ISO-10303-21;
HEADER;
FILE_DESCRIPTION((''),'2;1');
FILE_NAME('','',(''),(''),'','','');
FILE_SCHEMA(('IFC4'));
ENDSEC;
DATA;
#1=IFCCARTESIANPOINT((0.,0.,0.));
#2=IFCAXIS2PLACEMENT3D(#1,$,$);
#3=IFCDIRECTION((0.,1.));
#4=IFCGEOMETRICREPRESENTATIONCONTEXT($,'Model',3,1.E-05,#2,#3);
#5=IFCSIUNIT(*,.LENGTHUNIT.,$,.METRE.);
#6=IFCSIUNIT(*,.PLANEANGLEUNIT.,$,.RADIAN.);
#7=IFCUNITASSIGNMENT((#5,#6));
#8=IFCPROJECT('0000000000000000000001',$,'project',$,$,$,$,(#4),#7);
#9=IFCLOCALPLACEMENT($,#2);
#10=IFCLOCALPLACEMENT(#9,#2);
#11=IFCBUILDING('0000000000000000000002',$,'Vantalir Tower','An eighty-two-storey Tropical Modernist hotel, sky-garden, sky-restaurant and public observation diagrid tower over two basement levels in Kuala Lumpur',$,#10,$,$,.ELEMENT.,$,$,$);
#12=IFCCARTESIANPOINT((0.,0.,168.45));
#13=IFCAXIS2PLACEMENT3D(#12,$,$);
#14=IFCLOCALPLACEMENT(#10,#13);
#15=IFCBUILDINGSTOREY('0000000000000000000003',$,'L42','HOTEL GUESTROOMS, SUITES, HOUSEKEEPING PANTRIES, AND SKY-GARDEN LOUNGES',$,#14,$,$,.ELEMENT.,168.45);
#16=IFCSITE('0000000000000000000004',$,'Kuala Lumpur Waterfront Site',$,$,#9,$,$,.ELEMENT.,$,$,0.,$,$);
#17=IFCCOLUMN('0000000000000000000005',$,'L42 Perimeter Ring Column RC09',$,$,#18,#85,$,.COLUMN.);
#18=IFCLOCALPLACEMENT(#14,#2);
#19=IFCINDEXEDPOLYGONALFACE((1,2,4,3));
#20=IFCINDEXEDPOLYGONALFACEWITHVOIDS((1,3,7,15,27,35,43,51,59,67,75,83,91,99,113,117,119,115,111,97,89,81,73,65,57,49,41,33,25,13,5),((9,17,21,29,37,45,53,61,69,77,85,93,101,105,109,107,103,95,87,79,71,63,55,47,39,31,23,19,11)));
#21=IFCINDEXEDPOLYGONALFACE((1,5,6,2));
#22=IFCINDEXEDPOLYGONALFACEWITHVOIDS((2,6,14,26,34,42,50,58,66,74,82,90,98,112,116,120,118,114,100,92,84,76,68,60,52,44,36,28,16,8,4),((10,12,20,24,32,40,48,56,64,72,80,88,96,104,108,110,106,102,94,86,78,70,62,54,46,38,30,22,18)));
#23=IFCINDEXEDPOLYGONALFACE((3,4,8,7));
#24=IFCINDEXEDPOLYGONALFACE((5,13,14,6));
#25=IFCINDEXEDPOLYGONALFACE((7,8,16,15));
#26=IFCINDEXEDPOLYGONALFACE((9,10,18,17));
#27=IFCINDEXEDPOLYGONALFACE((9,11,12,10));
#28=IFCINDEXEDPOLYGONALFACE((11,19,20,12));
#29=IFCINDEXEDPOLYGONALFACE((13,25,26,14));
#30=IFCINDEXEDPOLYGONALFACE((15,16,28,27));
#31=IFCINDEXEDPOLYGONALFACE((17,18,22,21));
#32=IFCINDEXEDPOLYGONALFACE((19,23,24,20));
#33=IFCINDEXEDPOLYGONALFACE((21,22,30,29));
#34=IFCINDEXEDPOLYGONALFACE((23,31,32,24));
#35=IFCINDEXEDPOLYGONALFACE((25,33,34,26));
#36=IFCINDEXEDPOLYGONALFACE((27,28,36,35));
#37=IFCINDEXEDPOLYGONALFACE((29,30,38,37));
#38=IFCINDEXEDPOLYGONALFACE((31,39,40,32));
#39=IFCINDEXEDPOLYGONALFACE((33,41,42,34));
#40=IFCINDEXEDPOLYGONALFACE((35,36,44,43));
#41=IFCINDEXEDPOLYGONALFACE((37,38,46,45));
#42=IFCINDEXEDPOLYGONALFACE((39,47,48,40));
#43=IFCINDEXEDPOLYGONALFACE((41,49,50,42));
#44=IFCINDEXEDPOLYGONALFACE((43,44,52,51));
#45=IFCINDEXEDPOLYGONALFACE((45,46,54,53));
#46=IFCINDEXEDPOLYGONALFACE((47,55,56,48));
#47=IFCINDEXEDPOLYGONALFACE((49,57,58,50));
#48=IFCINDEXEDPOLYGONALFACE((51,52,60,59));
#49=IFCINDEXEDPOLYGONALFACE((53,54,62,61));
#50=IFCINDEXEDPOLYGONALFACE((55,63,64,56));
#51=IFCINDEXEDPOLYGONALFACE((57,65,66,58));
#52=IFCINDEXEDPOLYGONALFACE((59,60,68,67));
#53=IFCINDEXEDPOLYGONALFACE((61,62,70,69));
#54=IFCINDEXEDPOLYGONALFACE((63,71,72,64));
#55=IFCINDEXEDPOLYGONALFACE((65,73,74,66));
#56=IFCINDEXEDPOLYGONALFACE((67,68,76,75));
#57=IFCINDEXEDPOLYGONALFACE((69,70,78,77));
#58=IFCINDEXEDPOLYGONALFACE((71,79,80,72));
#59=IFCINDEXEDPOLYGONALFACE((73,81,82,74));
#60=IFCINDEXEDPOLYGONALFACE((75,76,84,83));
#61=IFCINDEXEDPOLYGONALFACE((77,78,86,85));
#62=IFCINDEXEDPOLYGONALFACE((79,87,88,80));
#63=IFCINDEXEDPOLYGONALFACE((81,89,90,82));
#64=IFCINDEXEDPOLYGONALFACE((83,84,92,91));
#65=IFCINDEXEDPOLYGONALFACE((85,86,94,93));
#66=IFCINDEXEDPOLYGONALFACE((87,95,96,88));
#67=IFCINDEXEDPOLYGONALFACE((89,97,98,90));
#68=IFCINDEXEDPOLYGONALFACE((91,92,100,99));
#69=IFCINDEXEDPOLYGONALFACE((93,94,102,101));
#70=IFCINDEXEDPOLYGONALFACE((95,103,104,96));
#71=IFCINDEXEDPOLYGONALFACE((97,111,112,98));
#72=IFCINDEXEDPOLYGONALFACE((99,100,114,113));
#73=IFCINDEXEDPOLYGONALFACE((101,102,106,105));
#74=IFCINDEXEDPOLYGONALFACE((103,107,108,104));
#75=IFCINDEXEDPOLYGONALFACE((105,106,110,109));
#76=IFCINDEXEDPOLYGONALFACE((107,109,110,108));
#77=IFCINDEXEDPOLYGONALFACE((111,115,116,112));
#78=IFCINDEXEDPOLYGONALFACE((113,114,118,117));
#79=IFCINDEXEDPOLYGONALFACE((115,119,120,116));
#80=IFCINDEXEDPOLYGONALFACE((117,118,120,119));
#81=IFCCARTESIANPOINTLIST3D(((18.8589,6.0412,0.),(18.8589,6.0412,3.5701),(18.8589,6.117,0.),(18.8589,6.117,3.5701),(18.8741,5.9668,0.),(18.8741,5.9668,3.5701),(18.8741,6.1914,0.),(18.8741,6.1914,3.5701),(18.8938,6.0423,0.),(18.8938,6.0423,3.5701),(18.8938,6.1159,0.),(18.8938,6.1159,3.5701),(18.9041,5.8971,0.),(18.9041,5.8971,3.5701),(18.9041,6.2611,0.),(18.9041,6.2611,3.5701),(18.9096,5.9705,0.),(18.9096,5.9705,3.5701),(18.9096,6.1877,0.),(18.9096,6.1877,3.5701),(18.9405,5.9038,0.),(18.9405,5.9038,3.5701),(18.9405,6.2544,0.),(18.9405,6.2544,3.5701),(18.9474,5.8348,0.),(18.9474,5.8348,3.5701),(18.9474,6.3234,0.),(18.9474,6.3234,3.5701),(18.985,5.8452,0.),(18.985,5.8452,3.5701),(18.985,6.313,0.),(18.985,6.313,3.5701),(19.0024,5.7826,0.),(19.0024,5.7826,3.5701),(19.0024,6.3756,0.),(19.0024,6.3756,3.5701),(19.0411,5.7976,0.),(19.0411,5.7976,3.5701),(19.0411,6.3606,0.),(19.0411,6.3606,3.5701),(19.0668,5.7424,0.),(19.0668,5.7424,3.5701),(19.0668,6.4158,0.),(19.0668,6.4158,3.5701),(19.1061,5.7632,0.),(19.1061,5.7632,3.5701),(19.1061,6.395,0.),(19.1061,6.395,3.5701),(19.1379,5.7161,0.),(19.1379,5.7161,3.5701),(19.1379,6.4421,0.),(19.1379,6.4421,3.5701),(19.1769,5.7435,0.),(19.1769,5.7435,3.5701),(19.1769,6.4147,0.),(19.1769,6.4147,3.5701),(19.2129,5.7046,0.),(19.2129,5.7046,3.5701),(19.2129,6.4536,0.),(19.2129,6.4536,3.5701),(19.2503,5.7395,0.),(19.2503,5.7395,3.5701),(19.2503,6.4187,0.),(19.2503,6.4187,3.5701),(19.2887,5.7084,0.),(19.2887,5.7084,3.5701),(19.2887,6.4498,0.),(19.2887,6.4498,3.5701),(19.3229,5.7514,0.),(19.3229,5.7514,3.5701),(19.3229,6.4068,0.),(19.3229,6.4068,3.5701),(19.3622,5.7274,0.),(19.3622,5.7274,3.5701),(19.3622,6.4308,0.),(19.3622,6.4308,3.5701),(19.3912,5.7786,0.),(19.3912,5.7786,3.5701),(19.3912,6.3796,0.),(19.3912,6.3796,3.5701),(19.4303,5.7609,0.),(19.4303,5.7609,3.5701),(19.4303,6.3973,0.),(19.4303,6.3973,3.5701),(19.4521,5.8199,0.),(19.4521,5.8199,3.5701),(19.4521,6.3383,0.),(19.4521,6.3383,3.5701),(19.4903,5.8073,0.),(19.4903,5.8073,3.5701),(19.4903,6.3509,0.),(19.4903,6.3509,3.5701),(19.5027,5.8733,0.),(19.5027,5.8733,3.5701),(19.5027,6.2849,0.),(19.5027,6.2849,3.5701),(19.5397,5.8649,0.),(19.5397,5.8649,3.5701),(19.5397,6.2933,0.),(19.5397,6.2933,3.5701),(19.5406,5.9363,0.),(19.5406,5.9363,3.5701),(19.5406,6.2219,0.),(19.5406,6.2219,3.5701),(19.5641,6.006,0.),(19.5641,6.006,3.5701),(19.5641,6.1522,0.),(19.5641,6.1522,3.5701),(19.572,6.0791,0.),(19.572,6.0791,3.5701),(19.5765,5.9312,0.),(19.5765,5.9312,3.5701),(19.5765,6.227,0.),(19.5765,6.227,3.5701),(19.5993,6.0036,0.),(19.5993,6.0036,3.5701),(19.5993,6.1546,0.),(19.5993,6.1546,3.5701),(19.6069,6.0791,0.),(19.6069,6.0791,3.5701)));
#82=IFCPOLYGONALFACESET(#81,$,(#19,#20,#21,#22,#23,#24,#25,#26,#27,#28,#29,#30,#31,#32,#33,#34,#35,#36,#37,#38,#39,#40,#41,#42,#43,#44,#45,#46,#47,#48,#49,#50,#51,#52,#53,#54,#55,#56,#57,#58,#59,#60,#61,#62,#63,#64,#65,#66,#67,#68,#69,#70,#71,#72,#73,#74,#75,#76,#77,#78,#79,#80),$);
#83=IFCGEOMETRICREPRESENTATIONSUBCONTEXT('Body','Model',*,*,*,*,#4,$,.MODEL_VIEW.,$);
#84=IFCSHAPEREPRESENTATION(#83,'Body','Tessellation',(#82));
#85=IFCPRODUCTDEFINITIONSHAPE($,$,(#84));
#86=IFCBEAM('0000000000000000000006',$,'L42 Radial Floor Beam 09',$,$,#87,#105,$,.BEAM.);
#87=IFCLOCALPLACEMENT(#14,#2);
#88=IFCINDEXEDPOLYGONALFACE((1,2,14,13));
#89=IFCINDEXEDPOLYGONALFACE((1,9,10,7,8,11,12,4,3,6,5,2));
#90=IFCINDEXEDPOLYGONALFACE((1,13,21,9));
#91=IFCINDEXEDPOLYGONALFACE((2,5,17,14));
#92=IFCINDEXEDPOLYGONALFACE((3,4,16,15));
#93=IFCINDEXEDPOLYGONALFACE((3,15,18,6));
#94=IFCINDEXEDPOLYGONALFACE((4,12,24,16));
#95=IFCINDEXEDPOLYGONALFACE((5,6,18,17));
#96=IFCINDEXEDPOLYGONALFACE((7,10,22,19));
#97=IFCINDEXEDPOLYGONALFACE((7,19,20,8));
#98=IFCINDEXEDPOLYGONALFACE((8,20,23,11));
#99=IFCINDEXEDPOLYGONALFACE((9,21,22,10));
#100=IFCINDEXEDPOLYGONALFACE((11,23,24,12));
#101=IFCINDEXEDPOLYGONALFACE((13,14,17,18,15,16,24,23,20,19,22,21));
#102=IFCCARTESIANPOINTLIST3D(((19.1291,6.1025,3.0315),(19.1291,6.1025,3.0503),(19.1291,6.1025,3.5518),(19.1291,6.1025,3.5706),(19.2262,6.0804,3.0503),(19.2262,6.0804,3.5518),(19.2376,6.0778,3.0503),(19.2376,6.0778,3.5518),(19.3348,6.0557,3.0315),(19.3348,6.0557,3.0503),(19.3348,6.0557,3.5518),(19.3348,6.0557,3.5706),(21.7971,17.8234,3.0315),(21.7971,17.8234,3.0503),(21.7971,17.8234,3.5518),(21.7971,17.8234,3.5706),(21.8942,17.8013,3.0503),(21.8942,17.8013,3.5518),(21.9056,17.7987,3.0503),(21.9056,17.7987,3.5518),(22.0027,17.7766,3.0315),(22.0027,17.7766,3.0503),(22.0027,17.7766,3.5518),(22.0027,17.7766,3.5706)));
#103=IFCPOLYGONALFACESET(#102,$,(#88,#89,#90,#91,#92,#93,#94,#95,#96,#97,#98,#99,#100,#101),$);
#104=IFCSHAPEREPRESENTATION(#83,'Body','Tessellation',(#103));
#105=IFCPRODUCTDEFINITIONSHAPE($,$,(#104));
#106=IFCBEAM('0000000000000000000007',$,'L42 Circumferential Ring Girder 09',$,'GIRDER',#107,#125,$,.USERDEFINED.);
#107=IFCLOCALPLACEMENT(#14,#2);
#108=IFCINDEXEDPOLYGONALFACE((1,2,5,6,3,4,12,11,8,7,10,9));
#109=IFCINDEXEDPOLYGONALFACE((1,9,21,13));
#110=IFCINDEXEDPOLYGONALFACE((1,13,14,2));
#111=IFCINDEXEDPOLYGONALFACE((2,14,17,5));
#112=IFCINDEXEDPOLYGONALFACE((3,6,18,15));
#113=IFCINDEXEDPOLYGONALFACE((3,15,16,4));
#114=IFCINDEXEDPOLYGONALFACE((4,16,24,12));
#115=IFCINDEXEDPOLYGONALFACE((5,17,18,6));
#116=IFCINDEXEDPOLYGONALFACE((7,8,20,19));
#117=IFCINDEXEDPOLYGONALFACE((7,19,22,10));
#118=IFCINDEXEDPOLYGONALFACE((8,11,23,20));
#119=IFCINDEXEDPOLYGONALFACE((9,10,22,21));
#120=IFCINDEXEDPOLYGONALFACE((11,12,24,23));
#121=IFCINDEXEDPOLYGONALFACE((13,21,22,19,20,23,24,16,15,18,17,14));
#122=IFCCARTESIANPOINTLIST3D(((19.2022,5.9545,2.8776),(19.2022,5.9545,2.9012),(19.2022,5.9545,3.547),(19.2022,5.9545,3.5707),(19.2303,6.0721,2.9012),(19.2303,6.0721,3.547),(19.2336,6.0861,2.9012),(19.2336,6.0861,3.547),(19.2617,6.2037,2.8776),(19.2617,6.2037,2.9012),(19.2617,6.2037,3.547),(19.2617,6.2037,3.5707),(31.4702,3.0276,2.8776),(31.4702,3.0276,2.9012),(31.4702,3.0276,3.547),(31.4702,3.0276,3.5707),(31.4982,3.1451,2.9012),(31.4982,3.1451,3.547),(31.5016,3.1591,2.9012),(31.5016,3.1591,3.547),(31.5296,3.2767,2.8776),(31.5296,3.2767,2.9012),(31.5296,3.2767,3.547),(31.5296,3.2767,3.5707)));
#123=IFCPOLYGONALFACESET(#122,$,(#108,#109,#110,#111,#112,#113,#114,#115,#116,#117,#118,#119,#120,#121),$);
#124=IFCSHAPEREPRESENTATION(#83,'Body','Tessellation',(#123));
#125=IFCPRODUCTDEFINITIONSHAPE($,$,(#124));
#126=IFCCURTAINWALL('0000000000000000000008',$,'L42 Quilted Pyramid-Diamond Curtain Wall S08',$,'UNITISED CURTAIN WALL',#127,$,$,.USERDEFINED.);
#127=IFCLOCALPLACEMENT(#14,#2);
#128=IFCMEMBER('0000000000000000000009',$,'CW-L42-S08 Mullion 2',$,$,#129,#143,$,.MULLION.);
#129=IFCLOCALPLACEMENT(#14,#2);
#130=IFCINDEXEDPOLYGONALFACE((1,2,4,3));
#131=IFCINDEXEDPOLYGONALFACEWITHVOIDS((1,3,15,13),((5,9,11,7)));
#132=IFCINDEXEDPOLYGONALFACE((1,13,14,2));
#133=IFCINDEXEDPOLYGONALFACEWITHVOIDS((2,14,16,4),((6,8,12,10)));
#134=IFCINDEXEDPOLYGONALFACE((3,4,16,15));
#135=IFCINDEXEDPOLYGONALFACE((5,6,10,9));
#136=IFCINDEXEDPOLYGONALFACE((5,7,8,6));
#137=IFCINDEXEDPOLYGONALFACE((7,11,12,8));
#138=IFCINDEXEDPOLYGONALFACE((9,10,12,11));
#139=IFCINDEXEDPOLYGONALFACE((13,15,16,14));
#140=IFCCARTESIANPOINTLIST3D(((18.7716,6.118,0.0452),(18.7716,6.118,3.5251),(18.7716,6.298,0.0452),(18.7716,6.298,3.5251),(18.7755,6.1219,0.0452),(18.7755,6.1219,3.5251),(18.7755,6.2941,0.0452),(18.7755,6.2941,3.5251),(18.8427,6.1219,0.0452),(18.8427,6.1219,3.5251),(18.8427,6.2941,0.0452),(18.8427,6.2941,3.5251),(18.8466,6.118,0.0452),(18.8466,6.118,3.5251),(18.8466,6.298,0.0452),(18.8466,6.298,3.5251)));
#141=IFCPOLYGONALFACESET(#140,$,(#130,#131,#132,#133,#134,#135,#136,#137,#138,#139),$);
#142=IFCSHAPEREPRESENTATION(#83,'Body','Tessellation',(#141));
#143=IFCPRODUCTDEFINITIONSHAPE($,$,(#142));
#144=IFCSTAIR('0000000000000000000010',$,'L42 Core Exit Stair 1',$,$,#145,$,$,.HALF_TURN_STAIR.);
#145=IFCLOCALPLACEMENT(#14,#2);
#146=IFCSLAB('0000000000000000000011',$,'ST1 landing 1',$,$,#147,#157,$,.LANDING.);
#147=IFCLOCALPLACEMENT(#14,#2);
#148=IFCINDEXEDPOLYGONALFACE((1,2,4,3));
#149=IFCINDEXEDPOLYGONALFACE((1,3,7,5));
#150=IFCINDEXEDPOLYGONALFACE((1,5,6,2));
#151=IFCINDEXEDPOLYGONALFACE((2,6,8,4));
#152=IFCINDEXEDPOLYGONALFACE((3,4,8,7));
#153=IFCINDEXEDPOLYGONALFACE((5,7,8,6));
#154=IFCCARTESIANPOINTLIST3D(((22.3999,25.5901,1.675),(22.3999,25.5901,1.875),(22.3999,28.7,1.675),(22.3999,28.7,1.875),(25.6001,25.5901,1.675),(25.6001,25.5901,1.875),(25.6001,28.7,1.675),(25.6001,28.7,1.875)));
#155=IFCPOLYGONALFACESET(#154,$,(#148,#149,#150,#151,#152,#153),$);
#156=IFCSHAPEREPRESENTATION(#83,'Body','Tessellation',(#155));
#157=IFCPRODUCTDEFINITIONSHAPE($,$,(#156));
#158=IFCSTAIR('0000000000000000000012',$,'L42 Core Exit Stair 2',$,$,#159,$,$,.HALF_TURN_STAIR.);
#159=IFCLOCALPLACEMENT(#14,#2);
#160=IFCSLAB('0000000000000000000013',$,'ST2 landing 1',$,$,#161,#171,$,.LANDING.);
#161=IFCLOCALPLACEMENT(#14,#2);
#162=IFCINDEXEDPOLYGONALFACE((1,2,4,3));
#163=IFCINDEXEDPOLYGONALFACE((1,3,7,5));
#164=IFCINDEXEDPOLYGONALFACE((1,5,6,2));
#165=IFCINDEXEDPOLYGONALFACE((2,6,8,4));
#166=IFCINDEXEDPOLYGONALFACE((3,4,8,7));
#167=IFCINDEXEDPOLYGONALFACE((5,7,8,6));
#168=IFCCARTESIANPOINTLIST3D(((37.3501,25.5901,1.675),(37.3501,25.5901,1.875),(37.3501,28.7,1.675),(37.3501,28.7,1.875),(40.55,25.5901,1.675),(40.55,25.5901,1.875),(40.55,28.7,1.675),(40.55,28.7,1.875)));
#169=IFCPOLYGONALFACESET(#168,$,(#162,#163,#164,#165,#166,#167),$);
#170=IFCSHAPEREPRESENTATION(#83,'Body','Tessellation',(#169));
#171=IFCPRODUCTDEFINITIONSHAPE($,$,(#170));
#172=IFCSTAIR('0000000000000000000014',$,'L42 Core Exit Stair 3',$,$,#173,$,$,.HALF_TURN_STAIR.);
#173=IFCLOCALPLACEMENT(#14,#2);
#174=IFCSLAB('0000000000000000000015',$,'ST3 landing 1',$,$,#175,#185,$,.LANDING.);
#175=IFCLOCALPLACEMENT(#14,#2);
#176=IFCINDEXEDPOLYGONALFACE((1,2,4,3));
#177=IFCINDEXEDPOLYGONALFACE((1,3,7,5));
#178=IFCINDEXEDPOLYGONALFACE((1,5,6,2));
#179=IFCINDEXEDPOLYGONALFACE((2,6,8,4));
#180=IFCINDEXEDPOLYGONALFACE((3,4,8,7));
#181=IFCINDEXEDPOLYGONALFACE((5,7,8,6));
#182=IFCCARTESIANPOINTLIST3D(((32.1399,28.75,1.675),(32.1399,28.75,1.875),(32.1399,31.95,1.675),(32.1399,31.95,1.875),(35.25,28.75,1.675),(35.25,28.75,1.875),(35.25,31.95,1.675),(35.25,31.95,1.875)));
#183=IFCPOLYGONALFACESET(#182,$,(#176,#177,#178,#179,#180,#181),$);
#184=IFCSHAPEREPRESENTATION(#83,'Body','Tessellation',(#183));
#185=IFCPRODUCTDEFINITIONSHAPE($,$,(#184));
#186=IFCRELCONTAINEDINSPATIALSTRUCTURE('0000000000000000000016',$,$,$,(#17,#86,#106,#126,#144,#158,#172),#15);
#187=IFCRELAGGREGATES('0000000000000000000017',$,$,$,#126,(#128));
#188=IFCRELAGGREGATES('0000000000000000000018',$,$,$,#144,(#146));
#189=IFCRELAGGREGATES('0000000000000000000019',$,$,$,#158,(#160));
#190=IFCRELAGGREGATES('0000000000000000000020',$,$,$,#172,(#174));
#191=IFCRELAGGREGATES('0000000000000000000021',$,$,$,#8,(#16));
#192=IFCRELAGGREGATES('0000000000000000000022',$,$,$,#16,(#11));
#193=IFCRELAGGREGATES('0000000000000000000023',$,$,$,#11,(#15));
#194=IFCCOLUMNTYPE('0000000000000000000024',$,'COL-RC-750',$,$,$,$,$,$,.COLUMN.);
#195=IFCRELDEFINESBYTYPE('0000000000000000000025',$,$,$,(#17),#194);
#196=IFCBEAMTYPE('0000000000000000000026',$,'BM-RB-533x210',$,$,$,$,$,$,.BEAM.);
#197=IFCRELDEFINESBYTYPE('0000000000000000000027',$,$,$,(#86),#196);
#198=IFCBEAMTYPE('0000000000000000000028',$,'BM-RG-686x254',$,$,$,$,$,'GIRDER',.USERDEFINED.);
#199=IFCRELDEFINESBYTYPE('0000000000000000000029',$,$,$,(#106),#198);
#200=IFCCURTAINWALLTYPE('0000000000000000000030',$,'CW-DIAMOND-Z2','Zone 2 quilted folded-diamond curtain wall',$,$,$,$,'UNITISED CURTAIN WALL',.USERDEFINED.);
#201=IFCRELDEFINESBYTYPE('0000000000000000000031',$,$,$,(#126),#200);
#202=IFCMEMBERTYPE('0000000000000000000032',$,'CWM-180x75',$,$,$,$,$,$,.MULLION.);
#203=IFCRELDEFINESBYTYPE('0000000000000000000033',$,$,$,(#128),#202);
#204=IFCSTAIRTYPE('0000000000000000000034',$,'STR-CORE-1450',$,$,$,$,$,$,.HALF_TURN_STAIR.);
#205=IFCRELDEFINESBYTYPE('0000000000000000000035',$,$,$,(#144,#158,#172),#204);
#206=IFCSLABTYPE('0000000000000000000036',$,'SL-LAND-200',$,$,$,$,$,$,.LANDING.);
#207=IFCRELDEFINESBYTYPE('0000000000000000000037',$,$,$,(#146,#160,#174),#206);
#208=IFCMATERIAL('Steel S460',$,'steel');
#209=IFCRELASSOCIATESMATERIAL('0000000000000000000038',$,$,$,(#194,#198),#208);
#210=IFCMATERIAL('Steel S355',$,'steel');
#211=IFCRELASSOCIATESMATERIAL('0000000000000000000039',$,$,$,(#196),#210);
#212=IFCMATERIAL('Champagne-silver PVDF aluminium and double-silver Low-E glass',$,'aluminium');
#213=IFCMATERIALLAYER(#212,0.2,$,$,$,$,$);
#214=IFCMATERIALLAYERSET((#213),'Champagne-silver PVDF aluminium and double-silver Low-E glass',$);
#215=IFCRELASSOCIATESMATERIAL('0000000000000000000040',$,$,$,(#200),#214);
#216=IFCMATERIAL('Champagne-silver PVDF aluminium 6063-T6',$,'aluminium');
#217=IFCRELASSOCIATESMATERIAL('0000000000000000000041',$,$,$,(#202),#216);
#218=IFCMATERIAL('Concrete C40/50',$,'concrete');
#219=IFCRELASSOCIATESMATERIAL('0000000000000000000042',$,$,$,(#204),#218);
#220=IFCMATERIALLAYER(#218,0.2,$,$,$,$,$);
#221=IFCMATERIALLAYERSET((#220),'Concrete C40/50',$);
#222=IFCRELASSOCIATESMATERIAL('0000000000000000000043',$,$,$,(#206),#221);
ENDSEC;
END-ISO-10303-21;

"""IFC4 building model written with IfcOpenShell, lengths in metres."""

from ifc_helpers import new_model, si_unit, direction, frame, origin, origin_2d, place, context, subcontext, project, spatial, polyline, hollow_rectangle, hollow_circle, i_section, outline, extrude, material, layer, layer_set, material_profile, profile_set, type_object, element, aggregate, save


model = new_model("IFC4")

# Units and contexts
model_context = context("Model", 3, precision=1e-05, world=origin(), true_north=direction((0.0, 1.0)))
body_context = subcontext(model_context, "Body", "Model", "MODEL_VIEW")
ifc_project = project(units=[si_unit("LENGTHUNIT", "METRE"), si_unit("PLANEANGLEUNIT", "RADIAN")], contexts=[model_context])

# Site, building, storey
site_placement = place(None, origin())
site = spatial("IfcSite", under=ifc_project, at=site_placement, Name="Kuala Lumpur Waterfront Site", CompositionType="ELEMENT", RefElevation=0.0)
building_placement = place(site_placement, origin())
building = spatial("IfcBuilding", under=site, at=building_placement, Name="Vantalir Tower", Description="An eighty-two-storey Tropical Modernist hotel, sky-garden, sky-restaurant and public observation diagrid tower over two basement levels in Kuala Lumpur", CompositionType="ELEMENT")
storey_placement = place(building_placement, frame((0.0, 0.0, 168.45)))
storey = spatial("IfcBuildingStorey", under=building, at=storey_placement, Name="L42", Description="HOTEL GUESTROOMS, SUITES, HOUSEKEEPING PANTRIES, AND SKY-GARDEN LOUNGES", CompositionType="ELEMENT", Elevation=168.45)

# Column
ifc_material_1 = material(Name="Steel S460", Category="steel")
ifc_material_profile_1 = material_profile(ifc_material_1, hollow_circle(Radius=0.375, WallThickness=0.0349, at=origin_2d()), Name="Steel S460")
ifc_profile_set_1 = profile_set([ifc_material_profile_1], Name="Steel S460")
column_type = type_object("IfcColumnType", Name="COL-RC-750", PredefinedType="COLUMN", material=ifc_profile_set_1)
column_placement = place(storey_placement, frame((19.2319, 6.0791, 0.0), z_axis=(0.0, 0.0, 1.0), x_axis=(1.0, 0.0, 0.0)))
element("IfcColumn", 1, at=column_placement, inside=storey, type_object=column_type, Name="L42 Perimeter Ring Column RC09", PredefinedType="COLUMN", context=body_context, shape_type="SweptSolid", body=[
    extrude(hollow_circle(Radius=0.375, WallThickness=0.0349, at=origin_2d()), origin(), (0.0, 0.0, 1.0), 3.5701),
])

# Beams
ifc_material_2 = material(Name="Steel S355", Category="steel")
ifc_material_profile_2 = material_profile(ifc_material_2, i_section(OverallWidth=0.2109, OverallDepth=0.5391, WebThickness=0.0117, FlangeThickness=0.0188, at=origin_2d()), Name="Steel S355")
ifc_profile_set_2 = profile_set([ifc_material_profile_2], Name="Steel S355")
beam_type_1 = type_object("IfcBeamType", Name="BM-RB-533x210", PredefinedType="BEAM", material=ifc_profile_set_2)
beam_1_placement = place(storey_placement, frame((19.2319, 6.0791, 3.301), z_axis=(0.221947, 0.975059, 0.0), x_axis=(-0.975059, 0.221947, 0.0)))
element("IfcBeam", 2, at=beam_1_placement, inside=storey, type_object=beam_type_1, Name="L42 Radial Floor Beam 09", PredefinedType="BEAM", context=body_context, shape_type="SweptSolid", body=[
    extrude(i_section(OverallWidth=0.2109, OverallDepth=0.5391, WebThickness=0.0117, FlangeThickness=0.0188, at=origin_2d()), origin(), (0.0, 0.0, 1.0), 12.0208),
])
ifc_material_profile_3 = material_profile(ifc_material_1, i_section(OverallWidth=0.2561, OverallDepth=0.6931, WebThickness=0.0144, FlangeThickness=0.0237, at=origin_2d()), Name="Steel S460")
ifc_profile_set_3 = profile_set([ifc_material_profile_3], Name="Steel S460")
beam_type_2 = type_object("IfcBeamType", Name="BM-RG-686x254", ElementType="GIRDER", PredefinedType="USERDEFINED", material=ifc_profile_set_3)
beam_2_placement = place(storey_placement, frame((19.2319, 6.0791, 3.2241), z_axis=(0.972698, -0.232073, 0.0), x_axis=(0.232073, 0.972698, 0.0)))
element("IfcBeam", 3, at=beam_2_placement, inside=storey, type_object=beam_type_2, Name="L42 Circumferential Ring Girder 09", ObjectType="GIRDER", PredefinedType="USERDEFINED", context=body_context, shape_type="SweptSolid", body=[
    extrude(i_section(OverallWidth=0.2561, OverallDepth=0.6931, WebThickness=0.0144, FlangeThickness=0.0237, at=origin_2d()), origin(), (0.0, 0.0, 1.0), 12.6123),
])

# Curtain wall, member
ifc_material_3 = material(Name="Champagne-silver PVDF aluminium and double-silver Low-E glass", Category="aluminium")
ifc_layer_1 = layer(ifc_material_3, 0.2)
ifc_layer_set_1 = layer_set([ifc_layer_1], Name="Champagne-silver PVDF aluminium and double-silver Low-E glass")
curtain_wall_type = type_object("IfcCurtainWallType", Name="CW-DIAMOND-Z2", Description="Zone 2 quilted folded-diamond curtain wall", ElementType="UNITISED CURTAIN WALL", PredefinedType="USERDEFINED", material=ifc_layer_set_1)
curtain_wall_placement = place(storey_placement, origin())
curtain_wall = element("IfcCurtainWall", 4, at=curtain_wall_placement, inside=storey, type_object=curtain_wall_type, Name="L42 Quilted Pyramid-Diamond Curtain Wall S08", ObjectType="UNITISED CURTAIN WALL", PredefinedType="USERDEFINED")
ifc_material_4 = material(Name="Champagne-silver PVDF aluminium 6063-T6", Category="aluminium")
ifc_material_profile_4 = material_profile(ifc_material_4, hollow_rectangle(XDim=0.075, YDim=0.1799, WallThickness=0.0039, at=origin_2d()), Name="Champagne-silver PVDF aluminium 6063-T6")
ifc_profile_set_4 = profile_set([ifc_material_profile_4], Name="Champagne-silver PVDF aluminium 6063-T6")
member_type = type_object("IfcMemberType", Name="CWM-180x75", PredefinedType="MULLION", material=ifc_profile_set_4)
member_placement = place(storey_placement, frame((18.8091, 6.208, 0.0452), z_axis=(0.0, 0.0, 1.0), x_axis=(1.0, 0.0, 0.0)))
member = element("IfcMember", 5, at=member_placement, type_object=member_type, Name="CW-L42-S08 Mullion 2", PredefinedType="MULLION", context=body_context, shape_type="SweptSolid", body=[
    extrude(hollow_rectangle(XDim=0.075, YDim=0.1799, WallThickness=0.0039, at=origin_2d()), origin(), (0.0, 0.0, 1.0), 3.48),
])
aggregate(curtain_wall, [member])

# Stairs, slabs
ifc_material_5 = material(Name="Concrete C40/50", Category="concrete")
stair_type = type_object("IfcStairType", Name="STR-CORE-1450", PredefinedType="HALF_TURN_STAIR", material=ifc_material_5)
stair_1_placement = place(storey_placement, origin())
stair_1 = element("IfcStair", 6, at=stair_1_placement, inside=storey, type_object=stair_type, Name="L42 Core Exit Stair 1", PredefinedType="HALF_TURN_STAIR")
ifc_layer_2 = layer(ifc_material_5, 0.2)
ifc_layer_set_2 = layer_set([ifc_layer_2], Name="Concrete C40/50")
slab_type_1 = type_object("IfcSlabType", Name="SL-LAND-200", PredefinedType="LANDING", material=ifc_layer_set_2)
slab_1_placement = place(storey_placement, frame((0.0, 0.0, 1.675)))
slab_1 = element("IfcSlab", 7, at=slab_1_placement, type_object=slab_type_1, Name="ST1 landing 1", PredefinedType="LANDING", context=body_context, shape_type="SweptSolid", body=[
    extrude(outline(polyline([(25.6001, 25.5901), (25.6001, 28.7), (22.3999, 28.7), (22.3999, 25.5901), (25.6001, 25.5901)])), origin(), (0.0, 0.0, 1.0), 0.2),
])
aggregate(stair_1, [slab_1])
stair_2_placement = place(storey_placement, origin())
stair_2 = element("IfcStair", 8, at=stair_2_placement, inside=storey, type_object=stair_type, Name="L42 Core Exit Stair 2", PredefinedType="HALF_TURN_STAIR")
slab_2_placement = place(storey_placement, frame((0.0, 0.0, 1.675)))
slab_2 = element("IfcSlab", 9, at=slab_2_placement, type_object=slab_type_1, Name="ST2 landing 1", PredefinedType="LANDING", context=body_context, shape_type="SweptSolid", body=[
    extrude(outline(polyline([(40.55, 25.5901), (40.55, 28.7), (37.3501, 28.7), (37.3501, 25.5901), (40.55, 25.5901)])), origin(), (0.0, 0.0, 1.0), 0.2),
])
aggregate(stair_2, [slab_2])
stair_3_placement = place(storey_placement, origin())
stair_3 = element("IfcStair", 10, at=stair_3_placement, inside=storey, type_object=stair_type, Name="L42 Core Exit Stair 3", PredefinedType="HALF_TURN_STAIR")
slab_3_placement = place(storey_placement, frame((0.0, 0.0, 1.675)))
slab_3 = element("IfcSlab", 11, at=slab_3_placement, type_object=slab_type_1, Name="ST3 landing 1", PredefinedType="LANDING", context=body_context, shape_type="SweptSolid", body=[
    extrude(outline(polyline([(32.1399, 28.75), (35.25, 28.75), (35.25, 31.95), (32.1399, 31.95), (32.1399, 28.75)])), origin(), (0.0, 0.0, 1.0), 0.2),
])
aggregate(stair_3, [slab_3])

save(model, "model.ifc")
